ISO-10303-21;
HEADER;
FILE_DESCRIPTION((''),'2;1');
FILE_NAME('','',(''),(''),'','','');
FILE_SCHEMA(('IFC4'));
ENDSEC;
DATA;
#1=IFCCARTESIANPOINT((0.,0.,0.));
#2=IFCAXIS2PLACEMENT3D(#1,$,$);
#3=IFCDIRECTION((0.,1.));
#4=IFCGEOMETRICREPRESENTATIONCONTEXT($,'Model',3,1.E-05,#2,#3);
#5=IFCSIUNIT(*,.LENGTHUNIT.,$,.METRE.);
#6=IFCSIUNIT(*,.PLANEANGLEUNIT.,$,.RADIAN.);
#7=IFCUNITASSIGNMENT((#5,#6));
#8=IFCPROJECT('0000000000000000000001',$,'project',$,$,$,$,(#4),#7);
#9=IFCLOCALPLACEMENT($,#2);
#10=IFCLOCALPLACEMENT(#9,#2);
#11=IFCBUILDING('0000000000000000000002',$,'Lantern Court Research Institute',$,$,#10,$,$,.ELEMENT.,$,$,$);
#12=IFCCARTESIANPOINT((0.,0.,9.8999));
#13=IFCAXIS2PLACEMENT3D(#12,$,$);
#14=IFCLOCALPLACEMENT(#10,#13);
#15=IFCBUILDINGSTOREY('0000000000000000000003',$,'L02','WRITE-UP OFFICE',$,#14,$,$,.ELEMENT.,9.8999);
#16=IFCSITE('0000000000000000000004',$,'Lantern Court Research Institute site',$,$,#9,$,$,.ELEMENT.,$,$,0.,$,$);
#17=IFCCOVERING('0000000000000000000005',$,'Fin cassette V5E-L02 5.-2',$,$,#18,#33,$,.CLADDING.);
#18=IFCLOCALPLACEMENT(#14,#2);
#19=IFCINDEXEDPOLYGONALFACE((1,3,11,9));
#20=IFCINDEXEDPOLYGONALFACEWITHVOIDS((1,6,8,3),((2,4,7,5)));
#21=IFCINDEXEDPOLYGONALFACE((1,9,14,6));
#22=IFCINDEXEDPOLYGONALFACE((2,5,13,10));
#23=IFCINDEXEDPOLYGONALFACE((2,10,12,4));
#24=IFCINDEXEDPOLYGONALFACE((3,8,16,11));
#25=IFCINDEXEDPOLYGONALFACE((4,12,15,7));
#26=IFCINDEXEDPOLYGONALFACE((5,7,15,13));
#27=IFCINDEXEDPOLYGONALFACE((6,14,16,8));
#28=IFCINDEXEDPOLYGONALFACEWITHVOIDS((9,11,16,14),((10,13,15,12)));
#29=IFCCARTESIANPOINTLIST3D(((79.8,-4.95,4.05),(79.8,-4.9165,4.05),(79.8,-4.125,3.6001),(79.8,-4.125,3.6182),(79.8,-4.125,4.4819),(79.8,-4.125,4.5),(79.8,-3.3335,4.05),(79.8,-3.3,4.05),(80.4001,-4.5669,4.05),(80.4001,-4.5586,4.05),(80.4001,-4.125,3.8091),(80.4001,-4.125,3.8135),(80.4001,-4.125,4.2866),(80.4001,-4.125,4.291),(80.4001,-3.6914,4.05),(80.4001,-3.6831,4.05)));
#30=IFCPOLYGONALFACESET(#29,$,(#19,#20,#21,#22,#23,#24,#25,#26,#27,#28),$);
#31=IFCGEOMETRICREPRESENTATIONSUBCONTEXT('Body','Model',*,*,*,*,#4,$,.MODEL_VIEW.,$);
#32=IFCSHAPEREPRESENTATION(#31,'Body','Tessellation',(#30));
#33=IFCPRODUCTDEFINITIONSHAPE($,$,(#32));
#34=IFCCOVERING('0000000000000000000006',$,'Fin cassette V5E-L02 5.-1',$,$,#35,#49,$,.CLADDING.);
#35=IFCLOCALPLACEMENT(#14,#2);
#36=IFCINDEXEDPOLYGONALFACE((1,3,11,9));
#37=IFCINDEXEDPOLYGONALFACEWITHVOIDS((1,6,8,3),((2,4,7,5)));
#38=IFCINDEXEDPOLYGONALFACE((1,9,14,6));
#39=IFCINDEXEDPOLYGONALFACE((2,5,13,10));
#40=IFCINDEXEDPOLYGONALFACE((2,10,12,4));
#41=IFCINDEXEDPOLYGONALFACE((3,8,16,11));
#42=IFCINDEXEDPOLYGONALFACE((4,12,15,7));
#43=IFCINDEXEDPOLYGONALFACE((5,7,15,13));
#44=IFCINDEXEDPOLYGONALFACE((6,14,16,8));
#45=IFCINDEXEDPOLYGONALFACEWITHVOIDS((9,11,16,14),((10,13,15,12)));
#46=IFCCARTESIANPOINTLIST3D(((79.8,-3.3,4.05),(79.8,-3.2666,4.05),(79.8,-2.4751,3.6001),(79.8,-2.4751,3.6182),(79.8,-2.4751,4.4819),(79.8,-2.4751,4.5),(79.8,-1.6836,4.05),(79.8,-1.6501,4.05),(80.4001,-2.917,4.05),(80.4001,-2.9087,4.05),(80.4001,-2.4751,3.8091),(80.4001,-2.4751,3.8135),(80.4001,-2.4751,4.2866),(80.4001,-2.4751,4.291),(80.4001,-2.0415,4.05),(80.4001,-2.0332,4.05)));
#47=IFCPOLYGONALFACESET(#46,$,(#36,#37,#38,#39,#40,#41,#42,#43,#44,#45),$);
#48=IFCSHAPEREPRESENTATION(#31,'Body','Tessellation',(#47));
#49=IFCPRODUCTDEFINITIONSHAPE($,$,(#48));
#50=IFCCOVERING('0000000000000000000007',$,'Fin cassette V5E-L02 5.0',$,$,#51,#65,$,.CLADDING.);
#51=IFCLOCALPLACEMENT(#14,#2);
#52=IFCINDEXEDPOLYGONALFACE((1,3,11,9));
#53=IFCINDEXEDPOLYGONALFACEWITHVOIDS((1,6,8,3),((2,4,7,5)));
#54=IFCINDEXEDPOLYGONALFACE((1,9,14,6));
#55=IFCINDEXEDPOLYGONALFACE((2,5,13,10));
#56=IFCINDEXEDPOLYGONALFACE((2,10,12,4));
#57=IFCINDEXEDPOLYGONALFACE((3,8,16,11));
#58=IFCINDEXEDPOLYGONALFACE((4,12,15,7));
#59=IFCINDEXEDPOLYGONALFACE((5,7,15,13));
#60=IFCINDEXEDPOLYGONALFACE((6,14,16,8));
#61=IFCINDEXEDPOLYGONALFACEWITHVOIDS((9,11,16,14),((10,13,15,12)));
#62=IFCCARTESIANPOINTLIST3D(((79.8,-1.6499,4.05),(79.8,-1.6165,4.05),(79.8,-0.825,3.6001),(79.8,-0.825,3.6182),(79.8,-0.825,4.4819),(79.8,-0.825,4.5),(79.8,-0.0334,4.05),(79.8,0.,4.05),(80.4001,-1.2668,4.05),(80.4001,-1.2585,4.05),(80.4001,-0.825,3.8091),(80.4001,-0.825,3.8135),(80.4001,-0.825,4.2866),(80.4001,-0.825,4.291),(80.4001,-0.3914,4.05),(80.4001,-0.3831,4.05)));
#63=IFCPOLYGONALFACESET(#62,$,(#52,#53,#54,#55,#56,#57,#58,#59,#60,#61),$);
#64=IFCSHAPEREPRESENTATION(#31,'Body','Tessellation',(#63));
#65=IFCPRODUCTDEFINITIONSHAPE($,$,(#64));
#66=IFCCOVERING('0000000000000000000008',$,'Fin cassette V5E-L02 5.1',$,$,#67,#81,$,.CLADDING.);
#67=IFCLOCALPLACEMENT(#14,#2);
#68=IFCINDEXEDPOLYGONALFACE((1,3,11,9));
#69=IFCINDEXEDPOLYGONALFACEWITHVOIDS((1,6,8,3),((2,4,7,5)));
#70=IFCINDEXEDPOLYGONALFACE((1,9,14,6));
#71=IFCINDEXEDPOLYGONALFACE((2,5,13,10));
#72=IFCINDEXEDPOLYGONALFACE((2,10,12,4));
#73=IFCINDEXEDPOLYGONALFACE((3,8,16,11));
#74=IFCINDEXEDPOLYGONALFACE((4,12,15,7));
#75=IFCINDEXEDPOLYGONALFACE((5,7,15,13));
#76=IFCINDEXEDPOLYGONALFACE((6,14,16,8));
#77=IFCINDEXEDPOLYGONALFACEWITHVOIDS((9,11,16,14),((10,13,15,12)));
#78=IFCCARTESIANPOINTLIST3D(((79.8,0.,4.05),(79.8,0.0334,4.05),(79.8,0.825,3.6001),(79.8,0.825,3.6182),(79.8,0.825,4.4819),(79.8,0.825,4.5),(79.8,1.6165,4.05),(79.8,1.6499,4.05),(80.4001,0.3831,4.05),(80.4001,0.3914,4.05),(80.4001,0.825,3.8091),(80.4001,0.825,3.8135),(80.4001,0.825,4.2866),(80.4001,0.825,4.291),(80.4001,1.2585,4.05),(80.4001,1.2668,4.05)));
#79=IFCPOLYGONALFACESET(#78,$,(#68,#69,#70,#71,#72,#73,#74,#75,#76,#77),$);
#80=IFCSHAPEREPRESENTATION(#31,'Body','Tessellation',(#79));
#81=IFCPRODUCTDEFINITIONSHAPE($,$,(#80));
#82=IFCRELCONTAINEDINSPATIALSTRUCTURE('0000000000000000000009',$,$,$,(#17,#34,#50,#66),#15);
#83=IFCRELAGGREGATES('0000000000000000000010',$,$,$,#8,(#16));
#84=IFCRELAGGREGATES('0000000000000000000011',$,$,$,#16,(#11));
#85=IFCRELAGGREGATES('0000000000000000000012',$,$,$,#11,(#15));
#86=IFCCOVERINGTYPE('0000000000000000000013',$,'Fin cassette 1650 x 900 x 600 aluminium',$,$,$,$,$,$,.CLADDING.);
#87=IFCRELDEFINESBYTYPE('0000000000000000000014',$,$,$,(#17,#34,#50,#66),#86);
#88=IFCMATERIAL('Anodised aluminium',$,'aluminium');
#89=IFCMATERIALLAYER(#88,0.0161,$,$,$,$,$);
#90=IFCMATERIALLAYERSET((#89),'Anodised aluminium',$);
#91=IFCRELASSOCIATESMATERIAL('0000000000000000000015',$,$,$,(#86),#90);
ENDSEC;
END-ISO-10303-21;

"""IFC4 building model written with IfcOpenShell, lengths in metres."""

from ifc_helpers import new_model, entity, si_unit, direction, frame, origin, place, context, subcontext, project, spatial, material, layer, layer_set, type_object, element, save


model = new_model("IFC4")

# Units and contexts
model_context = context("Model", 3, precision=1e-05, world=origin(), true_north=direction((0.0, 1.0)))
body_context = subcontext(model_context, "Body", "Model", "MODEL_VIEW")
ifc_project = project(units=[si_unit("LENGTHUNIT", "METRE"), si_unit("PLANEANGLEUNIT", "RADIAN")], contexts=[model_context])

# Site, building, storey
site_placement = place(None, origin())
site = spatial("IfcSite", under=ifc_project, at=site_placement, Name="Lantern Court Research Institute site", CompositionType="ELEMENT", RefElevation=0.0)
building_placement = place(site_placement, origin())
building = spatial("IfcBuilding", under=site, at=building_placement, Name="Lantern Court Research Institute", CompositionType="ELEMENT")
storey_placement = place(building_placement, frame((0.0, 0.0, 9.8999)))
storey = spatial("IfcBuildingStorey", under=building, at=storey_placement, Name="L02", Description="WRITE-UP OFFICE", CompositionType="ELEMENT", Elevation=9.8999)

# Coverings
ifc_material_1 = material(Name="Anodised aluminium", Category="aluminium")
ifc_layer_1 = layer(ifc_material_1, 0.0161)
ifc_layer_set_1 = layer_set([ifc_layer_1], Name="Anodised aluminium")
covering_type = type_object("IfcCoveringType", Name="Fin cassette 1650 x 900 x 600 aluminium", PredefinedType="CLADDING", material=ifc_layer_set_1)
covering_1_placement = place(storey_placement, frame((79.8, -4.125, 4.05), z_axis=(1.0, 0.0, 0.0), x_axis=(0.0, 1.0, 0.0)))
cartesian_point_1 = entity("IfcCartesianPoint", [0.825, 0.0])
cartesian_point_2 = entity("IfcCartesianPoint", [0.7915, 0.0])
cartesian_point_3 = entity("IfcCartesianPoint", [0.4419, 0.0])
cartesian_point_4 = entity("IfcCartesianPoint", [0.4336, 0.0])
element("IfcCovering", 1, at=covering_1_placement, inside=storey, type_object=covering_type, Name="Fin cassette V5E-L02 5.-2", PredefinedType="CLADDING", context=body_context, shape_type="SweptSolid", body=[
    entity("IfcExtrudedAreaSolidTapered", entity("IfcArbitraryProfileDefWithVoids", "AREA", None, entity("IfcPolyline", [cartesian_point_1, entity("IfcCartesianPoint", [0.0, 0.45]), entity("IfcCartesianPoint", [-0.825, 0.0]), entity("IfcCartesianPoint", [0.0, -0.45]), cartesian_point_1]), [entity("IfcPolyline", [cartesian_point_2, entity("IfcCartesianPoint", [0.0, 0.4319]), entity("IfcCartesianPoint", [-0.7915, 0.0]), entity("IfcCartesianPoint", [0.0, -0.4319]), cartesian_point_2])]), entity("IfcAxis2Placement3D", entity("IfcCartesianPoint", [0.0, 0.0, 0.0])), entity("IfcDirection", [0.0, 0.0, 1.0]), 0.6001, entity("IfcArbitraryProfileDefWithVoids", "AREA", None, entity("IfcPolyline", [cartesian_point_3, entity("IfcCartesianPoint", [0.0, 0.241]), entity("IfcCartesianPoint", [-0.4419, 0.0]), entity("IfcCartesianPoint", [0.0, -0.241]), cartesian_point_3]), [entity("IfcPolyline", [cartesian_point_4, entity("IfcCartesianPoint", [0.0, 0.2366]), entity("IfcCartesianPoint", [-0.4336, 0.0]), entity("IfcCartesianPoint", [0.0, -0.2366]), cartesian_point_4])])),
])
covering_2_placement = place(storey_placement, frame((79.8, -2.4751, 4.05), z_axis=(1.0, 0.0, 0.0), x_axis=(0.0, 1.0, 0.0)))
cartesian_point_5 = entity("IfcCartesianPoint", [0.825, 0.0])
cartesian_point_6 = entity("IfcCartesianPoint", [0.7915, 0.0])
cartesian_point_7 = entity("IfcCartesianPoint", [0.4419, 0.0])
cartesian_point_8 = entity("IfcCartesianPoint", [0.4336, 0.0])
element("IfcCovering", 2, at=covering_2_placement, inside=storey, type_object=covering_type, Name="Fin cassette V5E-L02 5.-1", PredefinedType="CLADDING", context=body_context, shape_type="SweptSolid", body=[
    entity("IfcExtrudedAreaSolidTapered", entity("IfcArbitraryProfileDefWithVoids", "AREA", None, entity("IfcPolyline", [cartesian_point_5, entity("IfcCartesianPoint", [0.0, 0.45]), entity("IfcCartesianPoint", [-0.825, 0.0]), entity("IfcCartesianPoint", [0.0, -0.45]), cartesian_point_5]), [entity("IfcPolyline", [cartesian_point_6, entity("IfcCartesianPoint", [0.0, 0.4319]), entity("IfcCartesianPoint", [-0.7915, 0.0]), entity("IfcCartesianPoint", [0.0, -0.4319]), cartesian_point_6])]), entity("IfcAxis2Placement3D", entity("IfcCartesianPoint", [0.0, 0.0, 0.0])), entity("IfcDirection", [0.0, 0.0, 1.0]), 0.6001, entity("IfcArbitraryProfileDefWithVoids", "AREA", None, entity("IfcPolyline", [cartesian_point_7, entity("IfcCartesianPoint", [0.0, 0.241]), entity("IfcCartesianPoint", [-0.4419, 0.0]), entity("IfcCartesianPoint", [0.0, -0.241]), cartesian_point_7]), [entity("IfcPolyline", [cartesian_point_8, entity("IfcCartesianPoint", [0.0, 0.2366]), entity("IfcCartesianPoint", [-0.4336, 0.0]), entity("IfcCartesianPoint", [0.0, -0.2366]), cartesian_point_8])])),
])
covering_3_placement = place(storey_placement, frame((79.8, -0.825, 4.05), z_axis=(1.0, 0.0, 0.0), x_axis=(0.0, 1.0, 0.0)))
cartesian_point_9 = entity("IfcCartesianPoint", [0.825, 0.0])
cartesian_point_10 = entity("IfcCartesianPoint", [0.7915, 0.0])
cartesian_point_11 = entity("IfcCartesianPoint", [0.4419, 0.0])
cartesian_point_12 = entity("IfcCartesianPoint", [0.4336, 0.0])
element("IfcCovering", 3, at=covering_3_placement, inside=storey, type_object=covering_type, Name="Fin cassette V5E-L02 5.0", PredefinedType="CLADDING", context=body_context, shape_type="SweptSolid", body=[
    entity("IfcExtrudedAreaSolidTapered", entity("IfcArbitraryProfileDefWithVoids", "AREA", None, entity("IfcPolyline", [cartesian_point_9, entity("IfcCartesianPoint", [0.0, 0.45]), entity("IfcCartesianPoint", [-0.825, 0.0]), entity("IfcCartesianPoint", [0.0, -0.45]), cartesian_point_9]), [entity("IfcPolyline", [cartesian_point_10, entity("IfcCartesianPoint", [0.0, 0.4319]), entity("IfcCartesianPoint", [-0.7915, 0.0]), entity("IfcCartesianPoint", [0.0, -0.4319]), cartesian_point_10])]), entity("IfcAxis2Placement3D", entity("IfcCartesianPoint", [0.0, 0.0, 0.0])), entity("IfcDirection", [0.0, 0.0, 1.0]), 0.6001, entity("IfcArbitraryProfileDefWithVoids", "AREA", None, entity("IfcPolyline", [cartesian_point_11, entity("IfcCartesianPoint", [0.0, 0.241]), entity("IfcCartesianPoint", [-0.4419, 0.0]), entity("IfcCartesianPoint", [0.0, -0.241]), cartesian_point_11]), [entity("IfcPolyline", [cartesian_point_12, entity("IfcCartesianPoint", [0.0, 0.2366]), entity("IfcCartesianPoint", [-0.4336, 0.0]), entity("IfcCartesianPoint", [0.0, -0.2366]), cartesian_point_12])])),
])
covering_4_placement = place(storey_placement, frame((79.8, 0.825, 4.05), z_axis=(1.0, 0.0, 0.0), x_axis=(0.0, 1.0, 0.0)))
cartesian_point_13 = entity("IfcCartesianPoint", [0.825, 0.0])
cartesian_point_14 = entity("IfcCartesianPoint", [0.7915, 0.0])
cartesian_point_15 = entity("IfcCartesianPoint", [0.4419, 0.0])
cartesian_point_16 = entity("IfcCartesianPoint", [0.4336, 0.0])
element("IfcCovering", 4, at=covering_4_placement, inside=storey, type_object=covering_type, Name="Fin cassette V5E-L02 5.1", PredefinedType="CLADDING", context=body_context, shape_type="SweptSolid", body=[
    entity("IfcExtrudedAreaSolidTapered", entity("IfcArbitraryProfileDefWithVoids", "AREA", None, entity("IfcPolyline", [cartesian_point_13, entity("IfcCartesianPoint", [0.0, 0.45]), entity("IfcCartesianPoint", [-0.825, 0.0]), entity("IfcCartesianPoint", [0.0, -0.45]), cartesian_point_13]), [entity("IfcPolyline", [cartesian_point_14, entity("IfcCartesianPoint", [0.0, 0.4319]), entity("IfcCartesianPoint", [-0.7915, 0.0]), entity("IfcCartesianPoint", [0.0, -0.4319]), cartesian_point_14])]), entity("IfcAxis2Placement3D", entity("IfcCartesianPoint", [0.0, 0.0, 0.0])), entity("IfcDirection", [0.0, 0.0, 1.0]), 0.6001, entity("IfcArbitraryProfileDefWithVoids", "AREA", None, entity("IfcPolyline", [cartesian_point_15, entity("IfcCartesianPoint", [0.0, 0.241]), entity("IfcCartesianPoint", [-0.4419, 0.0]), entity("IfcCartesianPoint", [0.0, -0.241]), cartesian_point_15]), [entity("IfcPolyline", [cartesian_point_16, entity("IfcCartesianPoint", [0.0, 0.2366]), entity("IfcCartesianPoint", [-0.4336, 0.0]), entity("IfcCartesianPoint", [0.0, -0.2366]), cartesian_point_16])])),
])

save(model, "model.ifc")
